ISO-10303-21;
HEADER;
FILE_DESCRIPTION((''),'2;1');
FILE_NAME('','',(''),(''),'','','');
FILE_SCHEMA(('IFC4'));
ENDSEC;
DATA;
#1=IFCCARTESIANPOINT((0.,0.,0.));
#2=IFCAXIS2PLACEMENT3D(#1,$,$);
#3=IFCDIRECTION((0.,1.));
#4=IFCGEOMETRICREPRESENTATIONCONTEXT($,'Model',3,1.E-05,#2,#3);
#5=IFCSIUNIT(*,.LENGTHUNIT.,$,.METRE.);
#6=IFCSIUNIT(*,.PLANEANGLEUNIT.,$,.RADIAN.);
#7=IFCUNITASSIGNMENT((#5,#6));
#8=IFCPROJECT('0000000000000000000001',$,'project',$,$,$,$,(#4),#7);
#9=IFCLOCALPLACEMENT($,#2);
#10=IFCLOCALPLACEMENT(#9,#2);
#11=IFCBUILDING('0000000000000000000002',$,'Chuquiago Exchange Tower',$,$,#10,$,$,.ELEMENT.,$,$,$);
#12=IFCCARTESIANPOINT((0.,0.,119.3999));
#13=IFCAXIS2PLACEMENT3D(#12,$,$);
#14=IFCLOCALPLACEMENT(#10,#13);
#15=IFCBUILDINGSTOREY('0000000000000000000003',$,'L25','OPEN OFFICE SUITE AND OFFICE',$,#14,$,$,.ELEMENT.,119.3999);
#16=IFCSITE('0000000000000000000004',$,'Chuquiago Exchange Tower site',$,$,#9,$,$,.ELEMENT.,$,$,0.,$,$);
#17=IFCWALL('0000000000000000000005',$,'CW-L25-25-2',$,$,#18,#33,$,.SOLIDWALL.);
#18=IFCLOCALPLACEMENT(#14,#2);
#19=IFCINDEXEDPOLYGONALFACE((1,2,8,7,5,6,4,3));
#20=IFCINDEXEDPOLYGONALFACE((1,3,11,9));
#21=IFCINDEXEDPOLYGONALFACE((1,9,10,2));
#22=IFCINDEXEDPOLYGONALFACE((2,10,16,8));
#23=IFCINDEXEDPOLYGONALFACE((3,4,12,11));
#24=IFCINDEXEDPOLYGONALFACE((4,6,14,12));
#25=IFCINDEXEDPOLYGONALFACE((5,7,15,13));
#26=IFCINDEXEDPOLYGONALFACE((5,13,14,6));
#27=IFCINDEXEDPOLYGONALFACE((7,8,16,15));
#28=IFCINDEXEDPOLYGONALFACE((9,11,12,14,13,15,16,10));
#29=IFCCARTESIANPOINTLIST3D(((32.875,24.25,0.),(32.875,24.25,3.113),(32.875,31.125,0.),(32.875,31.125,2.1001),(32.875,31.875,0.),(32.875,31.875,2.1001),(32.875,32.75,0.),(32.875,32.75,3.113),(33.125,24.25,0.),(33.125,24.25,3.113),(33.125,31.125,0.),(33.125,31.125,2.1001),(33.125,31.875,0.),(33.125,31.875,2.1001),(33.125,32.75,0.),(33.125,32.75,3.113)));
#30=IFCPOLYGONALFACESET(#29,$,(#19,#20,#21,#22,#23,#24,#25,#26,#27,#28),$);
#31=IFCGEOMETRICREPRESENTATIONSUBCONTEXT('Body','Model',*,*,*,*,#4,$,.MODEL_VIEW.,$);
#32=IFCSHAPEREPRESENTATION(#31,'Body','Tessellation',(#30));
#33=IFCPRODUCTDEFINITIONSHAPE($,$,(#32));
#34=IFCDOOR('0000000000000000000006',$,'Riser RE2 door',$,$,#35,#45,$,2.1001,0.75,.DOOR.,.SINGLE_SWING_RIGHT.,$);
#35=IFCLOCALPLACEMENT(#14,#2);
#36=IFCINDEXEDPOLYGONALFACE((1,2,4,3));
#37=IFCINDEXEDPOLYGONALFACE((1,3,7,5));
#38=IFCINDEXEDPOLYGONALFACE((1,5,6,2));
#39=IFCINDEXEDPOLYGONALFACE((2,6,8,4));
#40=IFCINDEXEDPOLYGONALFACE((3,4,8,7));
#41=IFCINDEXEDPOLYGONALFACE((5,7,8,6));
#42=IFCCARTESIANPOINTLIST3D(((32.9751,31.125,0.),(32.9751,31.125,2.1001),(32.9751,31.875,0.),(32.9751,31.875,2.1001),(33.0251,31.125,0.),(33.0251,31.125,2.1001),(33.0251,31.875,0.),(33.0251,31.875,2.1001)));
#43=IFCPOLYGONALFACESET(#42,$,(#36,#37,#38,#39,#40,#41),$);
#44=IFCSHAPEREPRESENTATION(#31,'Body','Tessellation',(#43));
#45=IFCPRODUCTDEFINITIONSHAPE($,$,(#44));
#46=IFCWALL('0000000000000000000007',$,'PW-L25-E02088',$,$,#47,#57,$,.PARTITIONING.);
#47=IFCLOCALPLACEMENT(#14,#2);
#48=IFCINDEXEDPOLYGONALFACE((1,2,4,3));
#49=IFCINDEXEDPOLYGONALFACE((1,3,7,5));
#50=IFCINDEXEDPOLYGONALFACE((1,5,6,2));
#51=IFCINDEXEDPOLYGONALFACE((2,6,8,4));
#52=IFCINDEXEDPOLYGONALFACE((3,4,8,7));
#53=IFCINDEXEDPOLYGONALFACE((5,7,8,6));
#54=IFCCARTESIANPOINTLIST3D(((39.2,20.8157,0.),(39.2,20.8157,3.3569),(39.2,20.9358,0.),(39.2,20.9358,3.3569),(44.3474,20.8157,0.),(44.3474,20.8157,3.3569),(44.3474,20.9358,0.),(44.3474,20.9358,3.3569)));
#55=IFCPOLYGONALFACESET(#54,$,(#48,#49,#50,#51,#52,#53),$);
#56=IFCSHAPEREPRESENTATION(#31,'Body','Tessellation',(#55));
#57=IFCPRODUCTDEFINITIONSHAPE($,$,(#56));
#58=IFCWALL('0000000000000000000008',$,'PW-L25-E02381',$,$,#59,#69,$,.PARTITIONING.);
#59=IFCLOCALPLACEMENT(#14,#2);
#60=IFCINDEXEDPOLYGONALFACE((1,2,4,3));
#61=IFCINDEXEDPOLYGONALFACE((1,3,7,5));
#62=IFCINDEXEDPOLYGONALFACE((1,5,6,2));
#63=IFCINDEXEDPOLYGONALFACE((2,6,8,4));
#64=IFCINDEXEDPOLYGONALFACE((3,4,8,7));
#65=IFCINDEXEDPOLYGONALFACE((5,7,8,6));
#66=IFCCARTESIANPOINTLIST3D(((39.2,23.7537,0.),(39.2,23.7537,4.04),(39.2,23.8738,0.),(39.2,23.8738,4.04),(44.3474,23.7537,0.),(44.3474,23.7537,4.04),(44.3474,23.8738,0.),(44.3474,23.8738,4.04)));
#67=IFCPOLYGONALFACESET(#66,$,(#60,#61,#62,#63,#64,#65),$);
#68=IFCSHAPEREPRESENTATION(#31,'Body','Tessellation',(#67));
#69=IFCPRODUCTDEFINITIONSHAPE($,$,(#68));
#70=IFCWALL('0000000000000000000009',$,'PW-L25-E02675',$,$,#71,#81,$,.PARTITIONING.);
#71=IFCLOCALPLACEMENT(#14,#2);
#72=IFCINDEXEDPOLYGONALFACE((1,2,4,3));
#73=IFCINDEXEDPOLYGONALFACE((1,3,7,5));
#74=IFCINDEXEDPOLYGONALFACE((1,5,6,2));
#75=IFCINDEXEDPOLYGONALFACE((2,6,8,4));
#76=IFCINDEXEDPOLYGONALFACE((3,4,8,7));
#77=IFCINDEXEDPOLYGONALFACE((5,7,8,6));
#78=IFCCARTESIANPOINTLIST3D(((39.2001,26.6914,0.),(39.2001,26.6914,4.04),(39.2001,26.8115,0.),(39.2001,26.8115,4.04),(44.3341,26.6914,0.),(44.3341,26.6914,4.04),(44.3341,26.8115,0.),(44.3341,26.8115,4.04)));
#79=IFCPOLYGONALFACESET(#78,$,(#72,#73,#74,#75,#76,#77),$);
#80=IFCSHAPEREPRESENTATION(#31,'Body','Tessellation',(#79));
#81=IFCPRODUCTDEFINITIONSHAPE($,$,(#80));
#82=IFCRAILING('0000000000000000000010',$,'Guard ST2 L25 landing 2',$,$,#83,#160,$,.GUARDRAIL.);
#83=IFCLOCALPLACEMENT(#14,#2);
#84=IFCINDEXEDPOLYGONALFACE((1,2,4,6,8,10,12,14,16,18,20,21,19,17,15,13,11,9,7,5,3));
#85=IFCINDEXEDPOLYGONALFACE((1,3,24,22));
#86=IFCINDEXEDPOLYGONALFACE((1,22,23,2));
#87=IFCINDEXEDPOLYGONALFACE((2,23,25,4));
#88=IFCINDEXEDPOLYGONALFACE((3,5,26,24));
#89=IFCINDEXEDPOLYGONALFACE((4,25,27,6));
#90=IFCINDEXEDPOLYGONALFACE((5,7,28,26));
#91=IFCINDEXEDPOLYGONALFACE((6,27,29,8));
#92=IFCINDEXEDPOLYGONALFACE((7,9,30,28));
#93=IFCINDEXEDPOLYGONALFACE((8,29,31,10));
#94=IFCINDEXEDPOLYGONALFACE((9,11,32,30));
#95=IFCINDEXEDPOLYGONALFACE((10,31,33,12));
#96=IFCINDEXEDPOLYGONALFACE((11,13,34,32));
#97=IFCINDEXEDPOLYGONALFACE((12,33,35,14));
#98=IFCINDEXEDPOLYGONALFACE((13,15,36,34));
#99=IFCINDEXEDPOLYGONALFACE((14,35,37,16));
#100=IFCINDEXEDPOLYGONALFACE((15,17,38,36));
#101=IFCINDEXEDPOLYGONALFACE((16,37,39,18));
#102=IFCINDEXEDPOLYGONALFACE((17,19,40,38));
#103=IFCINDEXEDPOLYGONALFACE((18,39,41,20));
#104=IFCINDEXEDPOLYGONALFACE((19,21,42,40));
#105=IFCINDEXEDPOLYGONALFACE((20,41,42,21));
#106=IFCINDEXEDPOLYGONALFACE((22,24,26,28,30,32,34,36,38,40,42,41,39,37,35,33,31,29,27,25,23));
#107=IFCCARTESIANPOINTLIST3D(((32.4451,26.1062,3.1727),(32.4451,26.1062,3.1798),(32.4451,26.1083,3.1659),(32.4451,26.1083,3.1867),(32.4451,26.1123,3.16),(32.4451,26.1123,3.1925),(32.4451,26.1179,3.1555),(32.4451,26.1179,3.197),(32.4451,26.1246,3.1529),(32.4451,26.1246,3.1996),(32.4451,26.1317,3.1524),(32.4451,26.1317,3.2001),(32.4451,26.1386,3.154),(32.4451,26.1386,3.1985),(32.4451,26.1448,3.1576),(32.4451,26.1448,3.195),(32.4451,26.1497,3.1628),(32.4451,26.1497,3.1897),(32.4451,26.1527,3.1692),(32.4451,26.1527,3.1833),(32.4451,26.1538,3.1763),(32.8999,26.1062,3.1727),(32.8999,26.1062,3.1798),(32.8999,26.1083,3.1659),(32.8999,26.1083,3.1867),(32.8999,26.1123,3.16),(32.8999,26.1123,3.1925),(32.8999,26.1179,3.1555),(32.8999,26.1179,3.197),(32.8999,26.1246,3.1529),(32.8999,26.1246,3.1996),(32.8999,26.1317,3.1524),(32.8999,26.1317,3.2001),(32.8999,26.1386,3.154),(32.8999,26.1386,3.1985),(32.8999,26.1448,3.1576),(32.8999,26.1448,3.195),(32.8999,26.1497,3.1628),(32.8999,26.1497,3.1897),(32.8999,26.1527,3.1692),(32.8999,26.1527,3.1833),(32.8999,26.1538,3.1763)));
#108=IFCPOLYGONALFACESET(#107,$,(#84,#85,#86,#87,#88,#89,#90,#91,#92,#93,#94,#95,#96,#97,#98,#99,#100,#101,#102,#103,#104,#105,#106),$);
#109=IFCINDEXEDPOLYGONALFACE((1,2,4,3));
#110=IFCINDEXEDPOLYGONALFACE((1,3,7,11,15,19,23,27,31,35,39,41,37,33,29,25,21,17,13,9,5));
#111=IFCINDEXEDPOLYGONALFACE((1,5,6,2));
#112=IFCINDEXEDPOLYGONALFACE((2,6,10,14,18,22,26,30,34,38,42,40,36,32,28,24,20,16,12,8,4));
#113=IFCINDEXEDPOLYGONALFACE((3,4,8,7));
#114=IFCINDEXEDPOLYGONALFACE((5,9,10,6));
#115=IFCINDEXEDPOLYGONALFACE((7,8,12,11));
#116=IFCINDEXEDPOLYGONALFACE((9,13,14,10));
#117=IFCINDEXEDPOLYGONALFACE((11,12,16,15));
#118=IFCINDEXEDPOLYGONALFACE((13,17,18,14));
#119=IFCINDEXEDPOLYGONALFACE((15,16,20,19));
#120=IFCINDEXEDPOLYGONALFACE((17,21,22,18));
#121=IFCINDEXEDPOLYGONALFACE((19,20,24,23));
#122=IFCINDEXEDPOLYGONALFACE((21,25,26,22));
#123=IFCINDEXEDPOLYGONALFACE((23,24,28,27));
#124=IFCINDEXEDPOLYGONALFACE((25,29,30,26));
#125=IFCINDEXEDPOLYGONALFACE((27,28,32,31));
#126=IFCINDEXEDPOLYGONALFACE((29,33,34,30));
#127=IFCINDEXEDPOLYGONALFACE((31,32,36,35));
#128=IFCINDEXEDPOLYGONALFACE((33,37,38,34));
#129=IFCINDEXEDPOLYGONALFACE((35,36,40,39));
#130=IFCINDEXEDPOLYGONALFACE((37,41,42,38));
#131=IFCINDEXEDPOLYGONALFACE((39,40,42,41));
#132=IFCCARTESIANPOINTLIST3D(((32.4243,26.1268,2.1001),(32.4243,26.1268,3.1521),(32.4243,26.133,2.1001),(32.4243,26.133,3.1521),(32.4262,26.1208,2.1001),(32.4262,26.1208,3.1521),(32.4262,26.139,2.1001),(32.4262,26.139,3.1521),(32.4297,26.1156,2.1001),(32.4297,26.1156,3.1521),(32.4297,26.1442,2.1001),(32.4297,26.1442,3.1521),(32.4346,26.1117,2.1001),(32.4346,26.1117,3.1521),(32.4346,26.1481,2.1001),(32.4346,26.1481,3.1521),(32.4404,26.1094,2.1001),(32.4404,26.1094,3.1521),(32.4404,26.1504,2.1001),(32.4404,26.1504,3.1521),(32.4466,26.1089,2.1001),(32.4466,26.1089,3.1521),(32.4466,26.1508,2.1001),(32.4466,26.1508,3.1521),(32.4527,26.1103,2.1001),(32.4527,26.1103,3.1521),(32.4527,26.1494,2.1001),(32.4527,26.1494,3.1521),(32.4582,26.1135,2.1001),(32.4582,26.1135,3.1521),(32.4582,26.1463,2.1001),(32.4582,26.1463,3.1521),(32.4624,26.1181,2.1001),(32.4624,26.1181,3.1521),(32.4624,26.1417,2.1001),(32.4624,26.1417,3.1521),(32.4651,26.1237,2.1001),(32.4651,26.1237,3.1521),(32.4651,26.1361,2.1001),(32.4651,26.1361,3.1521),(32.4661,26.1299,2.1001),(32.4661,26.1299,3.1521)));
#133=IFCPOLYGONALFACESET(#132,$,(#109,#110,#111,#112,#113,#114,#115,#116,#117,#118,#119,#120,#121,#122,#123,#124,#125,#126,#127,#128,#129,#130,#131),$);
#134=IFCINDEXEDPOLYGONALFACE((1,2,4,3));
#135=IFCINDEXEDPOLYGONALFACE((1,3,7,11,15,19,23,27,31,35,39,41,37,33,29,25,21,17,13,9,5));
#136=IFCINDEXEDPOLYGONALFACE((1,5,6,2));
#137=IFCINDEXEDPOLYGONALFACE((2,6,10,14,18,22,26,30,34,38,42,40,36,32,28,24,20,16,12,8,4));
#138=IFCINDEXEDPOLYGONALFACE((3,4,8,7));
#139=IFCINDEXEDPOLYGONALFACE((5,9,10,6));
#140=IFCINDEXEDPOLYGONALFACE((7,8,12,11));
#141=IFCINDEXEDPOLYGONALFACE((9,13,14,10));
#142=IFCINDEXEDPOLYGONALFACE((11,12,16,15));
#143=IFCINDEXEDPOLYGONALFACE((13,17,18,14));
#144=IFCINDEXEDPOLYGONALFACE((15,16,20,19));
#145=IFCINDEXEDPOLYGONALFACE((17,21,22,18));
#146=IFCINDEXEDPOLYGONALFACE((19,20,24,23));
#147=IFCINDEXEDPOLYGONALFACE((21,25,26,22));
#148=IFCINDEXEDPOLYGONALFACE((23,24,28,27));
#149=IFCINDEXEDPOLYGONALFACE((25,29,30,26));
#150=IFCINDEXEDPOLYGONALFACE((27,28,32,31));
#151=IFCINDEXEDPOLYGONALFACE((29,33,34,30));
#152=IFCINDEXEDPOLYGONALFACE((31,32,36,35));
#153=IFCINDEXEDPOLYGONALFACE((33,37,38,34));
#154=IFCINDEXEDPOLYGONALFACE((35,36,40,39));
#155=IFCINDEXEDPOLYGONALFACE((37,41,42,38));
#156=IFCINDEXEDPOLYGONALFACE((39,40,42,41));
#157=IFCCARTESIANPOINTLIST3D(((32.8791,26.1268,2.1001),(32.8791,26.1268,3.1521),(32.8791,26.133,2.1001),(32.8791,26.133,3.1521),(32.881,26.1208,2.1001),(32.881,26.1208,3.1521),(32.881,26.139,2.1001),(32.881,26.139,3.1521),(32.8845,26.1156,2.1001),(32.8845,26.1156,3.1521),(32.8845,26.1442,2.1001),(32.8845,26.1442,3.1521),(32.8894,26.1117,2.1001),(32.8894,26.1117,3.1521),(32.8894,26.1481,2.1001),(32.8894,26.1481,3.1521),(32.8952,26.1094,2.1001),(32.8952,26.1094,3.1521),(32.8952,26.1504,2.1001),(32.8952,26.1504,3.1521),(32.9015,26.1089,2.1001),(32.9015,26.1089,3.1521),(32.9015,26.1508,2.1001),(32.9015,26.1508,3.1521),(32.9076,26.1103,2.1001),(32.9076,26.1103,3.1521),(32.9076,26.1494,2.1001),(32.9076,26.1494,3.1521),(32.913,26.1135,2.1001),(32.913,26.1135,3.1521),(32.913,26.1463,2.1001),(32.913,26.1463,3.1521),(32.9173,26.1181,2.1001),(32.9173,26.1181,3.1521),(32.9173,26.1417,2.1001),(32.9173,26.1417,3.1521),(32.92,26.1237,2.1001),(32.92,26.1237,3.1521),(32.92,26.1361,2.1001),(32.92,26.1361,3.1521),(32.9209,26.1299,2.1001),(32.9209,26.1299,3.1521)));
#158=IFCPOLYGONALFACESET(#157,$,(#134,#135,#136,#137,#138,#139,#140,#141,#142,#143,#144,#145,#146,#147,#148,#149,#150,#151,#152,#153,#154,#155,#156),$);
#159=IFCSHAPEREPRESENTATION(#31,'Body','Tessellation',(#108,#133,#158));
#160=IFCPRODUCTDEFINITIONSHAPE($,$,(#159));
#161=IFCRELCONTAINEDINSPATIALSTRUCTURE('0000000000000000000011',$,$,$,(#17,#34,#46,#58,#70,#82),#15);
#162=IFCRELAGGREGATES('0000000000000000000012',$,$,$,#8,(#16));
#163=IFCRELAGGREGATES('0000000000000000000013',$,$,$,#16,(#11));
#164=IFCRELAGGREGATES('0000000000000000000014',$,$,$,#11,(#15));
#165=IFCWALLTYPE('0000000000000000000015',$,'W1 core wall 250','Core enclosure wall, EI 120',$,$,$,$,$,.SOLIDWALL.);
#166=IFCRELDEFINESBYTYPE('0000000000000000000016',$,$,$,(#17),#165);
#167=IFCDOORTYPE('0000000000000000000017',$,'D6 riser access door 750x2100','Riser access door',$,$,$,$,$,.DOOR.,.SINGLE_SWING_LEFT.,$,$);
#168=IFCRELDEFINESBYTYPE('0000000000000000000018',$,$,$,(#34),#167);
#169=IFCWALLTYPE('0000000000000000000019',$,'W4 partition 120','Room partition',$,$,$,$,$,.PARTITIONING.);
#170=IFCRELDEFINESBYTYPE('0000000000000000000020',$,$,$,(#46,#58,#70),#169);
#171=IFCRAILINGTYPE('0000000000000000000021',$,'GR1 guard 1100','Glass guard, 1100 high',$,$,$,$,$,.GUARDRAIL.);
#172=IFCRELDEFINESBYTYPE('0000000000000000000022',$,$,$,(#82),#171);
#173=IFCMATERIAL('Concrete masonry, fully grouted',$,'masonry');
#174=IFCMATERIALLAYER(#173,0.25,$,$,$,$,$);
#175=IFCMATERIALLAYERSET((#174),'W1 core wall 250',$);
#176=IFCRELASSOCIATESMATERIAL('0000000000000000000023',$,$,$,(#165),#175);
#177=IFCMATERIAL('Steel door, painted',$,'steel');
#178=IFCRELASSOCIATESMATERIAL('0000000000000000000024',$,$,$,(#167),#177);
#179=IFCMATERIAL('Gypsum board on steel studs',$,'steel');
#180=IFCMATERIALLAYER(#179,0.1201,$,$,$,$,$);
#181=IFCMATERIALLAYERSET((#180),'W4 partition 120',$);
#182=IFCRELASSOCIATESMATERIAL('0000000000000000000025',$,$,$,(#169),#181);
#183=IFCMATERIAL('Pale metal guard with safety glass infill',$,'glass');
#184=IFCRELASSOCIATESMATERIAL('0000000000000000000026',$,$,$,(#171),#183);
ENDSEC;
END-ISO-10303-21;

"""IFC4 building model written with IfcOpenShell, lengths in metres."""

from ifc_helpers import new_model, si_unit, direction, frame, frame_2d, origin, origin_2d, place, context, subcontext, project, spatial, rectangle, circle, extrude, material, layer, layer_set, type_object, element, fill, save


model = new_model("IFC4")

# Units and contexts
model_context = context("Model", 3, precision=1e-05, world=origin(), true_north=direction((0.0, 1.0)))
body_context = subcontext(model_context, "Body", "Model", "MODEL_VIEW")
ifc_project = project(units=[si_unit("LENGTHUNIT", "METRE"), si_unit("PLANEANGLEUNIT", "RADIAN")], contexts=[model_context])

# Site, building, storey
site_placement = place(None, origin())
site = spatial("IfcSite", under=ifc_project, at=site_placement, Name="Chuquiago Exchange Tower site", CompositionType="ELEMENT", RefElevation=0.0)
building_placement = place(site_placement, origin())
building = spatial("IfcBuilding", under=site, at=building_placement, Name="Chuquiago Exchange Tower", CompositionType="ELEMENT")
storey_placement = place(building_placement, frame((0.0, 0.0, 119.3999)))
storey = spatial("IfcBuildingStorey", under=building, at=storey_placement, Name="L25", Description="OPEN OFFICE SUITE AND OFFICE", CompositionType="ELEMENT", Elevation=119.3999)

# Shared definitions
ifc_material_1 = material(Name="Concrete masonry, fully grouted", Category="masonry")
ifc_layer_1 = layer(ifc_material_1, 0.25)
ifc_layer_set_1 = layer_set([ifc_layer_1], Name="W1 core wall 250")
wall_type_1 = type_object("IfcWallType", Name="W1 core wall 250", Description="Core enclosure wall, EI 120", PredefinedType="SOLIDWALL", material=ifc_layer_set_1)

# Wall, opening, door
wall_1_placement = place(storey_placement, frame((33.0, 24.25, 0.0), z_axis=(0.0, 0.0, 1.0), x_axis=(0.0, 1.0, 0.0)))
wall_1 = element("IfcWall", 1, at=wall_1_placement, inside=storey, type_object=wall_type_1, Name="CW-L25-25-2", PredefinedType="SOLIDWALL", context=body_context, shape_type="SweptSolid", body=[
    extrude(rectangle(XDim=8.5, YDim=0.25, at=frame_2d((4.25, 0.0))), origin(), (0.0, 0.0, 1.0), 3.113),
])
opening_1_placement = place(wall_1_placement, frame((6.875, 0.0, 0.0)))
opening_1 = element("IfcOpeningElement", 2, at=opening_1_placement, cuts=wall_1, PredefinedType="OPENING", context=body_context, shape_type="SweptSolid", body=[
    extrude(rectangle(XDim=0.75, YDim=2.1001, at=frame_2d((0.375, 1.05))), frame((0.0, 0.135, 0.0), z_axis=(0.0, -1.0, 0.0), x_axis=(1.0, 0.0, 0.0)), (0.0, 0.0, 1.0), 0.27),
])
ifc_material_2 = material(Name="Steel door, painted", Category="steel")
door_type_1 = type_object("IfcDoorType", Name="D6 riser access door 750x2100", Description="Riser access door", OperationType="SINGLE_SWING_LEFT", PredefinedType="DOOR", material=ifc_material_2)
door_1_placement = place(opening_1_placement, origin())
door_1 = element("IfcDoor", 3, at=door_1_placement, inside=storey, type_object=door_type_1, Name="Riser RE2 door", OperationType="SINGLE_SWING_RIGHT", OverallHeight=2.1001, OverallWidth=0.75, PredefinedType="DOOR", context=body_context, shape_type="SweptSolid", body=[
    extrude(rectangle(XDim=0.75, YDim=2.1001, at=frame_2d((0.375, 1.05))), frame((0.0, 0.0249, 0.0), z_axis=(0.0, -1.0, 0.0), x_axis=(1.0, 0.0, 0.0)), (0.0, 0.0, 1.0), 0.05),
])
fill(opening_1, door_1)

# Walls
ifc_material_3 = material(Name="Gypsum board on steel studs", Category="steel")
ifc_layer_2 = layer(ifc_material_3, 0.1201)
ifc_layer_set_2 = layer_set([ifc_layer_2], Name="W4 partition 120")
wall_type_2 = type_object("IfcWallType", Name="W4 partition 120", Description="Room partition", PredefinedType="PARTITIONING", material=ifc_layer_set_2)
wall_2_placement = place(storey_placement, frame((44.3474, 20.8757, 0.0), z_axis=(0.0, 0.0, 1.0), x_axis=(-1.0, 0.0, 0.0)))
element("IfcWall", 4, at=wall_2_placement, inside=storey, type_object=wall_type_2, Name="PW-L25-E02088", PredefinedType="PARTITIONING", context=body_context, shape_type="SweptSolid", body=[
    extrude(rectangle(XDim=5.1475, YDim=0.1201, at=frame_2d((2.5737, 0.0))), origin(), (0.0, 0.0, 1.0), 3.3569),
])
wall_3_placement = place(storey_placement, frame((44.3474, 23.8137, 0.0), z_axis=(0.0, 0.0, 1.0), x_axis=(-1.0, 0.0, 0.0)))
element("IfcWall", 5, at=wall_3_placement, inside=storey, type_object=wall_type_2, Name="PW-L25-E02381", PredefinedType="PARTITIONING", context=body_context, shape_type="SweptSolid", body=[
    extrude(rectangle(XDim=5.1475, YDim=0.1201, at=frame_2d((2.5737, 0.0))), origin(), (0.0, 0.0, 1.0), 4.04),
])
wall_4_placement = place(storey_placement, frame((44.334, 26.7515, 0.0), z_axis=(0.0, 0.0, 1.0), x_axis=(-1.0, 0.0, 0.0)))
element("IfcWall", 6, at=wall_4_placement, inside=storey, type_object=wall_type_2, Name="PW-L25-E02675", PredefinedType="PARTITIONING", context=body_context, shape_type="SweptSolid", body=[
    extrude(rectangle(XDim=5.134, YDim=0.1201, at=frame_2d((2.5669, 0.0))), origin(), (0.0, 0.0, 1.0), 4.04),
])

# Railing
ifc_material_4 = material(Name="Pale metal guard with safety glass infill", Category="glass")
railing_type_1 = type_object("IfcRailingType", Name="GR1 guard 1100", Description="Glass guard, 1100 high", PredefinedType="GUARDRAIL", material=ifc_material_4)
railing_1_placement = place(storey_placement, frame((32.4451, 26.1299, 2.1001)))
element("IfcRailing", 7, at=railing_1_placement, inside=storey, type_object=railing_type_1, Name="Guard ST2 L25 landing 2", PredefinedType="GUARDRAIL", context=body_context, shape_type="SweptSolid", body=[
    extrude(circle(Radius=0.0239, at=origin_2d()), frame((0.0, 0.0, 1.0762), z_axis=(1.0, 0.0, 0.0), x_axis=(0.0, 1.0, 0.0)), (0.0, 0.0, 1.0), 0.4548),
    extrude(circle(Radius=0.021, at=origin_2d()), origin(), (0.0, 0.0, 1.0), 1.052),
    extrude(circle(Radius=0.021, at=origin_2d()), frame((0.4548, 0.0, 0.0)), (0.0, 0.0, 1.0), 1.052),
])

save(model, "model.ifc")
